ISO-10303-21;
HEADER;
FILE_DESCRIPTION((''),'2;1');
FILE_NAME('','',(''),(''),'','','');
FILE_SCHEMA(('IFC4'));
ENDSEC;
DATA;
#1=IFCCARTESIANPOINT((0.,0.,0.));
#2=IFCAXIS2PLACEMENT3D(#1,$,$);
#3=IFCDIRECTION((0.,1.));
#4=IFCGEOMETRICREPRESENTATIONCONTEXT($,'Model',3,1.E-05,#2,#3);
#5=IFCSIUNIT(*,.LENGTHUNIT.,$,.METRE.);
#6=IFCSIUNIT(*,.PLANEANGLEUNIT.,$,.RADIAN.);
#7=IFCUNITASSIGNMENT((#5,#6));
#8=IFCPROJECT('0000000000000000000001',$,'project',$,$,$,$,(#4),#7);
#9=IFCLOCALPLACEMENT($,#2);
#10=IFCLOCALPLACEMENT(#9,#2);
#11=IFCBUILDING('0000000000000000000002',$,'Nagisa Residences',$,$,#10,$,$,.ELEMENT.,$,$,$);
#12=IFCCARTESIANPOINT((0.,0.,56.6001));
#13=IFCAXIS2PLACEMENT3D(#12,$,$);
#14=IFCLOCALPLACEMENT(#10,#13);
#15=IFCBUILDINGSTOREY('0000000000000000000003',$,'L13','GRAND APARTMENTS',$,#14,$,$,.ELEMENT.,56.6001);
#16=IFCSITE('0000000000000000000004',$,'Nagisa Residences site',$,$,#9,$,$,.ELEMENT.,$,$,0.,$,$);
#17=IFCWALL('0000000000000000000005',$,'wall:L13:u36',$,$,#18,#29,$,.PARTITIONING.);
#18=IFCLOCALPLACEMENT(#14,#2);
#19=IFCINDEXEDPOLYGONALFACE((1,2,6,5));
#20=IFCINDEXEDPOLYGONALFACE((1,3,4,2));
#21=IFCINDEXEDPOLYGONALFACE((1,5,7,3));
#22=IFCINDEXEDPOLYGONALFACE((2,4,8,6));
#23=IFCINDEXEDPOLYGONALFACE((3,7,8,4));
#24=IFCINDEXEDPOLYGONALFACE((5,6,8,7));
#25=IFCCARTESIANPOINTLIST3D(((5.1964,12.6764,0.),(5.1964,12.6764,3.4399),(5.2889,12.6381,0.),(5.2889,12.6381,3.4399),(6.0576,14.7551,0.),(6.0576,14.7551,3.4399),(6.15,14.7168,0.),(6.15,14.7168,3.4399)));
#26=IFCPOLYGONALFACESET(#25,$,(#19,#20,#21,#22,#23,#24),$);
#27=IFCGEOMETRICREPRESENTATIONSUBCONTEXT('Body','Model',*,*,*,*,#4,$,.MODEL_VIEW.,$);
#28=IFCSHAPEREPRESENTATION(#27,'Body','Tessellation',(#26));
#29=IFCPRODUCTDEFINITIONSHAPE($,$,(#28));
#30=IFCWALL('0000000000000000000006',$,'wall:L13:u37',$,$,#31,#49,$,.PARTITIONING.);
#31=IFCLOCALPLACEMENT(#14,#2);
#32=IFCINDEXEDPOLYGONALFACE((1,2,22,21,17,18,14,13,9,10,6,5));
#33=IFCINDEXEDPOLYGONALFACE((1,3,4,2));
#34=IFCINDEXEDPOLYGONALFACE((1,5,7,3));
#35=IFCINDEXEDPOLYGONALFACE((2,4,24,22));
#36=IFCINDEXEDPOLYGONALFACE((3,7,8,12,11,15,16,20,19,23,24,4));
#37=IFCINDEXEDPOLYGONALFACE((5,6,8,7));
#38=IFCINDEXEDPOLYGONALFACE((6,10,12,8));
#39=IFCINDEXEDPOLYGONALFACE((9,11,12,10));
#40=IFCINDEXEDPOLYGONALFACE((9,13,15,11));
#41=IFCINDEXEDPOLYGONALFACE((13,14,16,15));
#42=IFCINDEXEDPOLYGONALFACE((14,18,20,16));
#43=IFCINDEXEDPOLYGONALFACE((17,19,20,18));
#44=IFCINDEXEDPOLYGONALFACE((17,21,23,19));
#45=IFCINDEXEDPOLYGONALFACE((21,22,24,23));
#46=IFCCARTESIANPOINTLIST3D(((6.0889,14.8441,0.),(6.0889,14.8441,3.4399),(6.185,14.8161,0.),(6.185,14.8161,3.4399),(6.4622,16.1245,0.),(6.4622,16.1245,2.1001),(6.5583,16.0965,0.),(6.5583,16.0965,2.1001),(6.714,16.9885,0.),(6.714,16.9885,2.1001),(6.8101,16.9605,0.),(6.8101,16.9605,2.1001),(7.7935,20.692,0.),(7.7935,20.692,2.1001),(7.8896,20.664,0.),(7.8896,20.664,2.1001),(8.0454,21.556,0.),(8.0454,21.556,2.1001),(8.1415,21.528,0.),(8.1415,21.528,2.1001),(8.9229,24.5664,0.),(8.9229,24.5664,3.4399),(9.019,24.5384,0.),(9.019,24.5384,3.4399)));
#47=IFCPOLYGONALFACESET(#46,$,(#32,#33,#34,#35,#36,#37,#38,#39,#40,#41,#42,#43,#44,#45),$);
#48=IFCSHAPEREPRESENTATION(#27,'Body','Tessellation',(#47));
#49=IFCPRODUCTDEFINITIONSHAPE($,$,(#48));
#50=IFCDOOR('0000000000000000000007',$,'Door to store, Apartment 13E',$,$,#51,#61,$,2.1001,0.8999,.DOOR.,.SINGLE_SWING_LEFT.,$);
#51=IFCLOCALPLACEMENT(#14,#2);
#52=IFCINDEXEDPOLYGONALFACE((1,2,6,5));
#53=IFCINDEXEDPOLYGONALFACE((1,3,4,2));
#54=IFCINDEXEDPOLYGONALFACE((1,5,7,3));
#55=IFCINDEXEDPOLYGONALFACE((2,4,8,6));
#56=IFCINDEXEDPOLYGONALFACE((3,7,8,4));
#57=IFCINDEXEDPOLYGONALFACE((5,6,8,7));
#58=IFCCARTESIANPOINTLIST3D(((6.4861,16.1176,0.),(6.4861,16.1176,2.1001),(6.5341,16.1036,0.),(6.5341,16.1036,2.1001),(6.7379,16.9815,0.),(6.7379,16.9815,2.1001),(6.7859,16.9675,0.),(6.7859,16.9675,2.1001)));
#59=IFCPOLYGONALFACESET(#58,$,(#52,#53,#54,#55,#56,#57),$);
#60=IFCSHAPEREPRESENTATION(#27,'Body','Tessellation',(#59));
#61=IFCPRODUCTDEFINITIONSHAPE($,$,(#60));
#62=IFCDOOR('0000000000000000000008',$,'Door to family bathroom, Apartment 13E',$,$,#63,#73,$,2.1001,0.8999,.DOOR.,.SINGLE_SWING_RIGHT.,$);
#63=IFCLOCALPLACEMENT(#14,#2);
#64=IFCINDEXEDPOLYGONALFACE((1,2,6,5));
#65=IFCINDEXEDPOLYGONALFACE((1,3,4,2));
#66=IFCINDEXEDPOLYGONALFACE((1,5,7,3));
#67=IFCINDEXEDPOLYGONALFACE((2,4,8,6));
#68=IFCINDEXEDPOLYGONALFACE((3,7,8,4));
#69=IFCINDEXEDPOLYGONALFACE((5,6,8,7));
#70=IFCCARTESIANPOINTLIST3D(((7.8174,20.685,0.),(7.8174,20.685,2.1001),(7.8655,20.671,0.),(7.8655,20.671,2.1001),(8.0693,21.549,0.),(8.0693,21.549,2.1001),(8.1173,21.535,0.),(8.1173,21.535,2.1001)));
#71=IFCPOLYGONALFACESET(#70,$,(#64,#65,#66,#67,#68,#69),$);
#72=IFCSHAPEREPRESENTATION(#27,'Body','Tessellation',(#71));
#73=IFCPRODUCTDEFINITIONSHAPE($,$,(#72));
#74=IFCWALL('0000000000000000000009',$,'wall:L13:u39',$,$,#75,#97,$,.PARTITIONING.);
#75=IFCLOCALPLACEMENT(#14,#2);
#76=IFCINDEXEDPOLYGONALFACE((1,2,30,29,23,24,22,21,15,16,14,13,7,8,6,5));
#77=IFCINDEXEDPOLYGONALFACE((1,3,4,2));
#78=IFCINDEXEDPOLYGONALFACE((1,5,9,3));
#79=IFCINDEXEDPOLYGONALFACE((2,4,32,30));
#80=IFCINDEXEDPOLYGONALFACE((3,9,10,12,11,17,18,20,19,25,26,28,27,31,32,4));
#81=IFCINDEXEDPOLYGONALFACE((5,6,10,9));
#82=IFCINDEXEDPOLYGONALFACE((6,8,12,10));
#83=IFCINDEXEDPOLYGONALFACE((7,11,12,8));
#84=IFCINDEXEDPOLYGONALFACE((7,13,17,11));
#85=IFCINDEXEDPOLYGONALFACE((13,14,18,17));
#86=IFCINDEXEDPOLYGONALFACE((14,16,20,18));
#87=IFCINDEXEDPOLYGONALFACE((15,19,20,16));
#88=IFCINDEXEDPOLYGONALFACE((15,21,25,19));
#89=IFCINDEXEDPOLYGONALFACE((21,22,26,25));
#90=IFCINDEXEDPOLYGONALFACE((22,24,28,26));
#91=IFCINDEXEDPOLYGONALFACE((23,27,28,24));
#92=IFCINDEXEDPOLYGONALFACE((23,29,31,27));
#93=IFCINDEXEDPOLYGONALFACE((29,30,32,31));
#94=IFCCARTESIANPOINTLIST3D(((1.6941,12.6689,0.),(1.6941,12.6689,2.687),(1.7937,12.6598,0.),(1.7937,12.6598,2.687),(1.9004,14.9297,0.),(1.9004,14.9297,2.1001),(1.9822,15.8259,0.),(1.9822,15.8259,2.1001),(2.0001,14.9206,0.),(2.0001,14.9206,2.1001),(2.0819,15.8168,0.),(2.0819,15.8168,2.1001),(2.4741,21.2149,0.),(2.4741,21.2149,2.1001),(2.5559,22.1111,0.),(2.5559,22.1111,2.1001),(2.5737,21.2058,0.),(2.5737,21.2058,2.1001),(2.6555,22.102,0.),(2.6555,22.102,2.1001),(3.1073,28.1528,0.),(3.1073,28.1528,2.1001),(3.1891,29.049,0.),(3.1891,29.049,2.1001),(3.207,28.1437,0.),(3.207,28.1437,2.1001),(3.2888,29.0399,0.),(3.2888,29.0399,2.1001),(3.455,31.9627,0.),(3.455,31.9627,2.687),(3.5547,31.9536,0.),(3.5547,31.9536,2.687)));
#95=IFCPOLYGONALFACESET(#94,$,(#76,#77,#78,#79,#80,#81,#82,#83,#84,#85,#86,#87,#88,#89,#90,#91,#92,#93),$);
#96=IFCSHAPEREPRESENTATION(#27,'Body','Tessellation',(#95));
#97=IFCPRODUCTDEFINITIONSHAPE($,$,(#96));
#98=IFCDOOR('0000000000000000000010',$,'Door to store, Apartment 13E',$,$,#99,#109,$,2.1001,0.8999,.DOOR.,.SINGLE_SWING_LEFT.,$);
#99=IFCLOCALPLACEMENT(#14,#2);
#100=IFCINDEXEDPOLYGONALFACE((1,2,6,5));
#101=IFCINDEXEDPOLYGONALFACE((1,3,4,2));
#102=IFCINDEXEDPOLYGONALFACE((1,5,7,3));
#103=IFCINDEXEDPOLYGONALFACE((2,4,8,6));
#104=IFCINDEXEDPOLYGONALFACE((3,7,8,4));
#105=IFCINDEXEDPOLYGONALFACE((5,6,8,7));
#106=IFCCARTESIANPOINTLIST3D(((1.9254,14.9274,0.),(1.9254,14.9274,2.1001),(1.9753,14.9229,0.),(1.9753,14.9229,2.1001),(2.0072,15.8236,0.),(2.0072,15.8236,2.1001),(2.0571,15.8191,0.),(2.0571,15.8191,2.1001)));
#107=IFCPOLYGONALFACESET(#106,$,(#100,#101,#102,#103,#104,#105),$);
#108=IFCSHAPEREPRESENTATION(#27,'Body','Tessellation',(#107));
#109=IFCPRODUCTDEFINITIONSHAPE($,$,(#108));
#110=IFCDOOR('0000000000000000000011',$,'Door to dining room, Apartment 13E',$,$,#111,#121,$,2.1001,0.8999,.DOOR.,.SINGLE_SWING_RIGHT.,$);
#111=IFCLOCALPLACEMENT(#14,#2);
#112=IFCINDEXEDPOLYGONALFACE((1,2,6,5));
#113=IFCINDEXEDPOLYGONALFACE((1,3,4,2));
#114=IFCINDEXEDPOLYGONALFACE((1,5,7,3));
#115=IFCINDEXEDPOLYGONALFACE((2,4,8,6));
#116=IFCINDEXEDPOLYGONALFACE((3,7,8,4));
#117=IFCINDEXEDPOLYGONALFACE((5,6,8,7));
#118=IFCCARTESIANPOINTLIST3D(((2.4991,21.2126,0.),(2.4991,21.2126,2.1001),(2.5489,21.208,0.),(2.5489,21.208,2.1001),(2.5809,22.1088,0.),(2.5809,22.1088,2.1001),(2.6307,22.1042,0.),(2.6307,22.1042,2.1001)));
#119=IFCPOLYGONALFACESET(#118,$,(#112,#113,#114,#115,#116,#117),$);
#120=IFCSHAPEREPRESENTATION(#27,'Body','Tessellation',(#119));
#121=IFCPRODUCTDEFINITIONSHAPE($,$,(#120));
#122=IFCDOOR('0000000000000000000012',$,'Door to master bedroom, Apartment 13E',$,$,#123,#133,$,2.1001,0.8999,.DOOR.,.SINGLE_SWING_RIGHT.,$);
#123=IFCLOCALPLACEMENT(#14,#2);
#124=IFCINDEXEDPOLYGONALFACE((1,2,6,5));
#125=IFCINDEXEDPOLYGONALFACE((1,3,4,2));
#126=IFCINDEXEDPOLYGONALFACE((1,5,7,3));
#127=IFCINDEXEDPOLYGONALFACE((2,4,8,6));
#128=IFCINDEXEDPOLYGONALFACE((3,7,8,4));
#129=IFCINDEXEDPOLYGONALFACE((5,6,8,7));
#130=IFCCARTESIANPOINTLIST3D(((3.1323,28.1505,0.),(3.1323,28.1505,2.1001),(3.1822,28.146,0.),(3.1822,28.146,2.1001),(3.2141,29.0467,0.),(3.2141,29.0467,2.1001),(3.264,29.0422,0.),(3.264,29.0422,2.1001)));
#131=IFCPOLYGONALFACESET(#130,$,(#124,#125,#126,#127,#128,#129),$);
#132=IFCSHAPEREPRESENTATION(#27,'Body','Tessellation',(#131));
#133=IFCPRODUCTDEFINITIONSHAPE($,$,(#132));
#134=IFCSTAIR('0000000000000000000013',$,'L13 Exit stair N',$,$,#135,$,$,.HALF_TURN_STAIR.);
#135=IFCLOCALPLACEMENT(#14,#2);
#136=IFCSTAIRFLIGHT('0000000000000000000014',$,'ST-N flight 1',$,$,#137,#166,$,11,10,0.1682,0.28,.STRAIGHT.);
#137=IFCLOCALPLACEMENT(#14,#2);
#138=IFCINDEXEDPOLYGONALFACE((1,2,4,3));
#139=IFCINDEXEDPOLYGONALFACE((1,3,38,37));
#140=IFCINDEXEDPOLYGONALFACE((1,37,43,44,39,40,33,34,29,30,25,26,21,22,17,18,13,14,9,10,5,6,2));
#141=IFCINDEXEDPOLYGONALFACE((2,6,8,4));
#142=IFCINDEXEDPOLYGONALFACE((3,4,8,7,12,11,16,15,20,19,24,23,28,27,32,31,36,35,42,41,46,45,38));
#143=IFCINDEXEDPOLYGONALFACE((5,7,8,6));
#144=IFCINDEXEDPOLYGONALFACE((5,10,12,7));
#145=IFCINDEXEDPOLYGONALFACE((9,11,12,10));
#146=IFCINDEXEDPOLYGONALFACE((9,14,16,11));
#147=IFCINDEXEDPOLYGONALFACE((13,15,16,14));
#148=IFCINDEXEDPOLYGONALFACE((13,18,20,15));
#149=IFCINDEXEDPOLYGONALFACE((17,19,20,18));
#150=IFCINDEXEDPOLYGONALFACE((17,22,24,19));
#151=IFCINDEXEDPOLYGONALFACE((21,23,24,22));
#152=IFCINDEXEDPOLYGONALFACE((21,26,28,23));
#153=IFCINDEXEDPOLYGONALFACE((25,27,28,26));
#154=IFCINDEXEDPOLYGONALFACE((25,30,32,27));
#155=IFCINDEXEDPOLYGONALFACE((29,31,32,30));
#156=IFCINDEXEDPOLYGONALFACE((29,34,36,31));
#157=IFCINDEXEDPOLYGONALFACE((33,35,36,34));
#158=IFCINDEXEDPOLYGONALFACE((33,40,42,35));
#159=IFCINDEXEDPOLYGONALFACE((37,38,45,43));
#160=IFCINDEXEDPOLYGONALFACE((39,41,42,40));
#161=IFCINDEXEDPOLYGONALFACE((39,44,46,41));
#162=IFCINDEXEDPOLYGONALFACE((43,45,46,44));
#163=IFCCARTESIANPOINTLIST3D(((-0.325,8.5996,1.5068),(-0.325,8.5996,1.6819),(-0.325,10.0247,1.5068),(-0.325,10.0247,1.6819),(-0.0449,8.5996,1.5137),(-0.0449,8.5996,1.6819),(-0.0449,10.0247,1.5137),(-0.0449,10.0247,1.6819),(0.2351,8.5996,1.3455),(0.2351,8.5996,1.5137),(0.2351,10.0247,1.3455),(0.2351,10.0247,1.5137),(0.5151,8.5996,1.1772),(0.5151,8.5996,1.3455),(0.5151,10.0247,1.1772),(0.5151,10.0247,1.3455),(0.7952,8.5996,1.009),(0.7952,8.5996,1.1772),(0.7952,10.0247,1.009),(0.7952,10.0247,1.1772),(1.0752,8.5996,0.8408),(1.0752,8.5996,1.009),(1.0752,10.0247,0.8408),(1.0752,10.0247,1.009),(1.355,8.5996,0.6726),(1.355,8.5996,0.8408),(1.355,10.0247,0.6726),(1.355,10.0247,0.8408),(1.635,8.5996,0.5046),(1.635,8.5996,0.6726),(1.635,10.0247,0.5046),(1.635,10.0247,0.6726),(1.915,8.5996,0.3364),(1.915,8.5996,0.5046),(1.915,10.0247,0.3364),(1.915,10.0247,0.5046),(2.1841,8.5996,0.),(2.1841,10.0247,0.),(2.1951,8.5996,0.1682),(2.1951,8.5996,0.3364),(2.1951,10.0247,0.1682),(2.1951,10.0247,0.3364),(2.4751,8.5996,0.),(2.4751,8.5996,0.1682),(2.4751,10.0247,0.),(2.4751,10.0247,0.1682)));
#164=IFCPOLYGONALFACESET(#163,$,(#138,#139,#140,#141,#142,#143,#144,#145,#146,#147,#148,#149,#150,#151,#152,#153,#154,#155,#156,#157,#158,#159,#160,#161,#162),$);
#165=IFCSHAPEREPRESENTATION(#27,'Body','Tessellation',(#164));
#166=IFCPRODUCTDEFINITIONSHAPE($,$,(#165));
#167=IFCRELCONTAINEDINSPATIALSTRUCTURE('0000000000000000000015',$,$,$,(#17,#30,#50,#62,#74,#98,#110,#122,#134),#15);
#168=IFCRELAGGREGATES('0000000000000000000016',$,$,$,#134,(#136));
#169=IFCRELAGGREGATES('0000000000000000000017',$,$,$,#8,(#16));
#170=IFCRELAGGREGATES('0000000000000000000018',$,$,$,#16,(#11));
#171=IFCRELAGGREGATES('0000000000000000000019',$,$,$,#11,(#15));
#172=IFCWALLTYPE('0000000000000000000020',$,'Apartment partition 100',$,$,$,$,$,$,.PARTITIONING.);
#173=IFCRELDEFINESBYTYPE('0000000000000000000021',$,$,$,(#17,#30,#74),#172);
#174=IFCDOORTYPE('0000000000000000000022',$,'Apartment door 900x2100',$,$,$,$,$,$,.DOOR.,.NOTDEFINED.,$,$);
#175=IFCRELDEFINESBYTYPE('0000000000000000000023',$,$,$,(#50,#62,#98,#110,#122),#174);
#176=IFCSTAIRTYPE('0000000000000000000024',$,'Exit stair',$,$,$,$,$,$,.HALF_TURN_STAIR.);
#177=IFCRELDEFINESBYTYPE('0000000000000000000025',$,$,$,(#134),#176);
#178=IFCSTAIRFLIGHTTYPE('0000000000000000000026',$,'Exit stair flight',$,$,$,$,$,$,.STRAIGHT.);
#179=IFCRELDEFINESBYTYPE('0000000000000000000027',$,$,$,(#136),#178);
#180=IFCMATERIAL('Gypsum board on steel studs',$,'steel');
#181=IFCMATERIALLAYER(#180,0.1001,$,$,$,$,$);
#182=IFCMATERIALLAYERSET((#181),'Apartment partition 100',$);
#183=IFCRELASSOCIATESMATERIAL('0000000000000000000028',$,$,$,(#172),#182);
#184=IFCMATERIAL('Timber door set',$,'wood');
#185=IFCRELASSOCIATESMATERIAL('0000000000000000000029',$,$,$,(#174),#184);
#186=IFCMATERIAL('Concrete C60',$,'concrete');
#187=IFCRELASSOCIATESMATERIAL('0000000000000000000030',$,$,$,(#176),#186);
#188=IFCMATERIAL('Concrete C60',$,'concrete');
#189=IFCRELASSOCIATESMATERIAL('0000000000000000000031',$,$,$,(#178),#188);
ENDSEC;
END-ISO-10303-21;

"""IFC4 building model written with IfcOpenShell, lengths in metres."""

from ifc_helpers import new_model, si_unit, direction, frame, frame_2d, origin, place, context, subcontext, project, spatial, polyline, rectangle, outline, extrude, material, layer, layer_set, type_object, element, fill, aggregate, save


model = new_model("IFC4")

# Units and contexts
model_context = context("Model", 3, precision=1e-05, world=origin(), true_north=direction((0.0, 1.0)))
body_context = subcontext(model_context, "Body", "Model", "MODEL_VIEW")
ifc_project = project(units=[si_unit("LENGTHUNIT", "METRE"), si_unit("PLANEANGLEUNIT", "RADIAN")], contexts=[model_context])

# Site, building, storey
site_placement = place(None, origin())
site = spatial("IfcSite", under=ifc_project, at=site_placement, Name="Nagisa Residences site", CompositionType="ELEMENT", RefElevation=0.0)
building_placement = place(site_placement, origin())
building = spatial("IfcBuilding", under=site, at=building_placement, Name="Nagisa Residences", CompositionType="ELEMENT")
storey_placement = place(building_placement, frame((0.0, 0.0, 56.6001)))
storey = spatial("IfcBuildingStorey", under=building, at=storey_placement, Name="L13", Description="GRAND APARTMENTS", CompositionType="ELEMENT", Elevation=56.6001)

# Shared definitions
ifc_material_1 = material(Name="Gypsum board on steel studs", Category="steel")
ifc_layer_1 = layer(ifc_material_1, 0.1001)
ifc_layer_set_1 = layer_set([ifc_layer_1], Name="Apartment partition 100")
wall_type_1 = type_object("IfcWallType", Name="Apartment partition 100", PredefinedType="PARTITIONING", material=ifc_layer_set_1)
ifc_material_2 = material(Name="Timber door set", Category="wood")
door_type_1 = type_object("IfcDoorType", Name="Apartment door 900x2100", OperationType="NOTDEFINED", PredefinedType="DOOR", material=ifc_material_2)

# Wall
wall_1_placement = place(storey_placement, frame((5.2427, 12.6572, 0.0), z_axis=(0.0, 0.0, 1.0), x_axis=(0.382719, 0.923865, 0.0)))
element("IfcWall", 1, at=wall_1_placement, inside=storey, type_object=wall_type_1, Name="wall:L13:u36", PredefinedType="PARTITIONING", context=body_context, shape_type="SweptSolid", body=[
    extrude(rectangle(XDim=2.25, YDim=0.1001, at=frame_2d((1.125, 0.0))), origin(), (0.0, 0.0, 1.0), 3.4399),
])

# Walls, openings, doors
wall_2_placement = place(storey_placement, frame((6.137, 14.8301, 0.0), z_axis=(0.0, 0.0, 1.0), x_axis=(0.279844, 0.960046, 0.0)))
wall_2 = element("IfcWall", 2, at=wall_2_placement, inside=storey, type_object=wall_type_1, Name="wall:L13:u37", PredefinedType="PARTITIONING", context=body_context, shape_type="SweptSolid", body=[
    extrude(rectangle(XDim=10.127, YDim=0.1001, at=frame_2d((5.0635, 0.0))), origin(), (0.0, 0.0, 1.0), 3.4399),
])
opening_1_placement = place(wall_2_placement, frame((1.3337, 0.0, 0.0)))
opening_1 = element("IfcOpeningElement", 3, at=opening_1_placement, cuts=wall_2, PredefinedType="OPENING", context=body_context, shape_type="SweptSolid", body=[
    extrude(rectangle(XDim=0.8999, YDim=2.1001, at=frame_2d((0.45, 1.05))), frame((0.0, 0.0601, 0.0), z_axis=(0.0, -1.0, 0.0), x_axis=(1.0, 0.0, 0.0)), (0.0, 0.0, 1.0), 0.1201),
])
opening_2_placement = place(wall_2_placement, frame((6.0913, 0.0, 0.0)))
opening_2 = element("IfcOpeningElement", 4, at=opening_2_placement, cuts=wall_2, PredefinedType="OPENING", context=body_context, shape_type="SweptSolid", body=[
    extrude(rectangle(XDim=0.8999, YDim=2.1001, at=frame_2d((0.45, 1.05))), frame((0.0, 0.0601, 0.0), z_axis=(0.0, -1.0, 0.0), x_axis=(1.0, 0.0, 0.0)), (0.0, 0.0, 1.0), 0.1201),
])
door_1_placement = place(opening_1_placement, frame((0.8999, 0.0, 0.0), x_axis=(-1.0, 0.0, 0.0)))
door_1 = element("IfcDoor", 5, at=door_1_placement, inside=storey, type_object=door_type_1, Name="Door to store, Apartment 13E", OperationType="SINGLE_SWING_LEFT", OverallHeight=2.1001, OverallWidth=0.8999, PredefinedType="DOOR", context=body_context, shape_type="SweptSolid", body=[
    extrude(rectangle(XDim=0.8999, YDim=2.1001, at=frame_2d((0.45, 1.05))), frame((0.0, 0.0249, 0.0), z_axis=(0.0, -1.0, 0.0), x_axis=(1.0, 0.0, 0.0)), (0.0, 0.0, 1.0), 0.05),
])
fill(opening_1, door_1)
door_2_placement = place(opening_2_placement, frame((0.8999, 0.0, 0.0), x_axis=(-1.0, 0.0, 0.0)))
door_2 = element("IfcDoor", 6, at=door_2_placement, inside=storey, type_object=door_type_1, Name="Door to family bathroom, Apartment 13E", OperationType="SINGLE_SWING_RIGHT", OverallHeight=2.1001, OverallWidth=0.8999, PredefinedType="DOOR", context=body_context, shape_type="SweptSolid", body=[
    extrude(rectangle(XDim=0.8999, YDim=2.1001, at=frame_2d((0.45, 1.05))), frame((0.0, 0.0249, 0.0), z_axis=(0.0, -1.0, 0.0), x_axis=(1.0, 0.0, 0.0)), (0.0, 0.0, 1.0), 0.05),
])
fill(opening_2, door_2)
wall_3_placement = place(storey_placement, frame((1.7439, 12.6643, 0.0), z_axis=(0.0, 0.0, 1.0), x_axis=(0.090894, 0.995861, 0.0)))
wall_3 = element("IfcWall", 7, at=wall_3_placement, inside=storey, type_object=wall_type_1, Name="wall:L13:u39", PredefinedType="PARTITIONING", context=body_context, shape_type="SweptSolid", body=[
    extrude(rectangle(XDim=19.374, YDim=0.1001, at=frame_2d((9.687, 0.0))), origin(), (0.0, 0.0, 1.0), 2.687),
])
opening_3_placement = place(wall_3_placement, frame((2.2703, 0.0, 0.0)))
opening_3 = element("IfcOpeningElement", 8, at=opening_3_placement, cuts=wall_3, PredefinedType="OPENING", context=body_context, shape_type="SweptSolid", body=[
    extrude(rectangle(XDim=0.8999, YDim=2.1001, at=frame_2d((0.45, 1.05))), frame((0.0, 0.0601, 0.0), z_axis=(0.0, -1.0, 0.0), x_axis=(1.0, 0.0, 0.0)), (0.0, 0.0, 1.0), 0.1201),
])
opening_4_placement = place(wall_3_placement, frame((8.5815, 0.0, 0.0)))
opening_4 = element("IfcOpeningElement", 9, at=opening_4_placement, cuts=wall_3, PredefinedType="OPENING", context=body_context, shape_type="SweptSolid", body=[
    extrude(rectangle(XDim=0.8999, YDim=2.1001, at=frame_2d((0.45, 1.05))), frame((0.0, 0.0601, 0.0), z_axis=(0.0, -1.0, 0.0), x_axis=(1.0, 0.0, 0.0)), (0.0, 0.0, 1.0), 0.1201),
])
opening_5_placement = place(wall_3_placement, frame((15.5483, 0.0, 0.0)))
opening_5 = element("IfcOpeningElement", 10, at=opening_5_placement, cuts=wall_3, PredefinedType="OPENING", context=body_context, shape_type="SweptSolid", body=[
    extrude(rectangle(XDim=0.8999, YDim=2.1001, at=frame_2d((0.45, 1.05))), frame((0.0, 0.0601, 0.0), z_axis=(0.0, -1.0, 0.0), x_axis=(1.0, 0.0, 0.0)), (0.0, 0.0, 1.0), 0.1201),
])
door_3_placement = place(opening_3_placement, origin())
door_3 = element("IfcDoor", 11, at=door_3_placement, inside=storey, type_object=door_type_1, Name="Door to store, Apartment 13E", OperationType="SINGLE_SWING_LEFT", OverallHeight=2.1001, OverallWidth=0.8999, PredefinedType="DOOR", context=body_context, shape_type="SweptSolid", body=[
    extrude(rectangle(XDim=0.8999, YDim=2.1001, at=frame_2d((0.45, 1.05))), frame((0.0, 0.0249, 0.0), z_axis=(0.0, -1.0, 0.0), x_axis=(1.0, 0.0, 0.0)), (0.0, 0.0, 1.0), 0.05),
])
fill(opening_3, door_3)
door_4_placement = place(opening_4_placement, origin())
door_4 = element("IfcDoor", 12, at=door_4_placement, inside=storey, type_object=door_type_1, Name="Door to dining room, Apartment 13E", OperationType="SINGLE_SWING_RIGHT", OverallHeight=2.1001, OverallWidth=0.8999, PredefinedType="DOOR", context=body_context, shape_type="SweptSolid", body=[
    extrude(rectangle(XDim=0.8999, YDim=2.1001, at=frame_2d((0.45, 1.05))), frame((0.0, 0.0249, 0.0), z_axis=(0.0, -1.0, 0.0), x_axis=(1.0, 0.0, 0.0)), (0.0, 0.0, 1.0), 0.05),
])
fill(opening_4, door_4)
door_5_placement = place(opening_5_placement, origin())
door_5 = element("IfcDoor", 13, at=door_5_placement, inside=storey, type_object=door_type_1, Name="Door to master bedroom, Apartment 13E", OperationType="SINGLE_SWING_RIGHT", OverallHeight=2.1001, OverallWidth=0.8999, PredefinedType="DOOR", context=body_context, shape_type="SweptSolid", body=[
    extrude(rectangle(XDim=0.8999, YDim=2.1001, at=frame_2d((0.45, 1.05))), frame((0.0, 0.0249, 0.0), z_axis=(0.0, -1.0, 0.0), x_axis=(1.0, 0.0, 0.0)), (0.0, 0.0, 1.0), 0.05),
])
fill(opening_5, door_5)

# Stair, stair flight
ifc_material_3 = material(Name="Concrete C60", Category="concrete")
stair_type = type_object("IfcStairType", Name="Exit stair", PredefinedType="HALF_TURN_STAIR", material=ifc_material_3)
stair_placement = place(storey_placement, origin())
stair = element("IfcStair", 14, at=stair_placement, inside=storey, type_object=stair_type, Name="L13 Exit stair N", PredefinedType="HALF_TURN_STAIR")
ifc_material_4 = material(Name="Concrete C60", Category="concrete")
stair_flight_type = type_object("IfcStairFlightType", Name="Exit stair flight", PredefinedType="STRAIGHT", material=ifc_material_4)
stair_flight_placement = place(storey_placement, frame((2.4751, 9.312, 0.0), z_axis=(0.0, 0.0, 1.0), x_axis=(-1.0, 0.0, 0.0)))
stair_flight = element("IfcStairFlight", 15, at=stair_flight_placement, type_object=stair_flight_type, Name="ST-N flight 1", NumberOfRisers=11, NumberOfTreads=10, PredefinedType="STRAIGHT", RiserHeight=0.1682, TreadLength=0.28, context=body_context, shape_type="SweptSolid", body=[
    extrude(outline(polyline([(0.0, 0.0), (0.0, 0.1682), (0.28, 0.1682), (0.28, 0.3364), (0.5601, 0.3364), (0.5601, 0.5046), (0.8401, 0.5046), (0.8401, 0.6726), (1.1201, 0.6726), (1.1201, 0.8408), (1.3999, 0.8408), (1.3999, 1.009), (1.6799, 1.009), (1.6799, 1.1772), (1.96, 1.1772), (1.96, 1.3455), (2.24, 1.3455), (2.24, 1.5137), (2.52, 1.5137), (2.52, 1.6819), (2.8, 1.6819), (2.8, 1.8501), (2.8, 1.5068), (0.291, 0.0), (0.0, 0.0)])), frame((0.0, 0.7124, 0.0), z_axis=(0.0, -1.0, 0.0), x_axis=(1.0, 0.0, 0.0)), (0.0, 0.0, 1.0), 1.425),
])
aggregate(stair, [stair_flight])

save(model, "model.ifc")
